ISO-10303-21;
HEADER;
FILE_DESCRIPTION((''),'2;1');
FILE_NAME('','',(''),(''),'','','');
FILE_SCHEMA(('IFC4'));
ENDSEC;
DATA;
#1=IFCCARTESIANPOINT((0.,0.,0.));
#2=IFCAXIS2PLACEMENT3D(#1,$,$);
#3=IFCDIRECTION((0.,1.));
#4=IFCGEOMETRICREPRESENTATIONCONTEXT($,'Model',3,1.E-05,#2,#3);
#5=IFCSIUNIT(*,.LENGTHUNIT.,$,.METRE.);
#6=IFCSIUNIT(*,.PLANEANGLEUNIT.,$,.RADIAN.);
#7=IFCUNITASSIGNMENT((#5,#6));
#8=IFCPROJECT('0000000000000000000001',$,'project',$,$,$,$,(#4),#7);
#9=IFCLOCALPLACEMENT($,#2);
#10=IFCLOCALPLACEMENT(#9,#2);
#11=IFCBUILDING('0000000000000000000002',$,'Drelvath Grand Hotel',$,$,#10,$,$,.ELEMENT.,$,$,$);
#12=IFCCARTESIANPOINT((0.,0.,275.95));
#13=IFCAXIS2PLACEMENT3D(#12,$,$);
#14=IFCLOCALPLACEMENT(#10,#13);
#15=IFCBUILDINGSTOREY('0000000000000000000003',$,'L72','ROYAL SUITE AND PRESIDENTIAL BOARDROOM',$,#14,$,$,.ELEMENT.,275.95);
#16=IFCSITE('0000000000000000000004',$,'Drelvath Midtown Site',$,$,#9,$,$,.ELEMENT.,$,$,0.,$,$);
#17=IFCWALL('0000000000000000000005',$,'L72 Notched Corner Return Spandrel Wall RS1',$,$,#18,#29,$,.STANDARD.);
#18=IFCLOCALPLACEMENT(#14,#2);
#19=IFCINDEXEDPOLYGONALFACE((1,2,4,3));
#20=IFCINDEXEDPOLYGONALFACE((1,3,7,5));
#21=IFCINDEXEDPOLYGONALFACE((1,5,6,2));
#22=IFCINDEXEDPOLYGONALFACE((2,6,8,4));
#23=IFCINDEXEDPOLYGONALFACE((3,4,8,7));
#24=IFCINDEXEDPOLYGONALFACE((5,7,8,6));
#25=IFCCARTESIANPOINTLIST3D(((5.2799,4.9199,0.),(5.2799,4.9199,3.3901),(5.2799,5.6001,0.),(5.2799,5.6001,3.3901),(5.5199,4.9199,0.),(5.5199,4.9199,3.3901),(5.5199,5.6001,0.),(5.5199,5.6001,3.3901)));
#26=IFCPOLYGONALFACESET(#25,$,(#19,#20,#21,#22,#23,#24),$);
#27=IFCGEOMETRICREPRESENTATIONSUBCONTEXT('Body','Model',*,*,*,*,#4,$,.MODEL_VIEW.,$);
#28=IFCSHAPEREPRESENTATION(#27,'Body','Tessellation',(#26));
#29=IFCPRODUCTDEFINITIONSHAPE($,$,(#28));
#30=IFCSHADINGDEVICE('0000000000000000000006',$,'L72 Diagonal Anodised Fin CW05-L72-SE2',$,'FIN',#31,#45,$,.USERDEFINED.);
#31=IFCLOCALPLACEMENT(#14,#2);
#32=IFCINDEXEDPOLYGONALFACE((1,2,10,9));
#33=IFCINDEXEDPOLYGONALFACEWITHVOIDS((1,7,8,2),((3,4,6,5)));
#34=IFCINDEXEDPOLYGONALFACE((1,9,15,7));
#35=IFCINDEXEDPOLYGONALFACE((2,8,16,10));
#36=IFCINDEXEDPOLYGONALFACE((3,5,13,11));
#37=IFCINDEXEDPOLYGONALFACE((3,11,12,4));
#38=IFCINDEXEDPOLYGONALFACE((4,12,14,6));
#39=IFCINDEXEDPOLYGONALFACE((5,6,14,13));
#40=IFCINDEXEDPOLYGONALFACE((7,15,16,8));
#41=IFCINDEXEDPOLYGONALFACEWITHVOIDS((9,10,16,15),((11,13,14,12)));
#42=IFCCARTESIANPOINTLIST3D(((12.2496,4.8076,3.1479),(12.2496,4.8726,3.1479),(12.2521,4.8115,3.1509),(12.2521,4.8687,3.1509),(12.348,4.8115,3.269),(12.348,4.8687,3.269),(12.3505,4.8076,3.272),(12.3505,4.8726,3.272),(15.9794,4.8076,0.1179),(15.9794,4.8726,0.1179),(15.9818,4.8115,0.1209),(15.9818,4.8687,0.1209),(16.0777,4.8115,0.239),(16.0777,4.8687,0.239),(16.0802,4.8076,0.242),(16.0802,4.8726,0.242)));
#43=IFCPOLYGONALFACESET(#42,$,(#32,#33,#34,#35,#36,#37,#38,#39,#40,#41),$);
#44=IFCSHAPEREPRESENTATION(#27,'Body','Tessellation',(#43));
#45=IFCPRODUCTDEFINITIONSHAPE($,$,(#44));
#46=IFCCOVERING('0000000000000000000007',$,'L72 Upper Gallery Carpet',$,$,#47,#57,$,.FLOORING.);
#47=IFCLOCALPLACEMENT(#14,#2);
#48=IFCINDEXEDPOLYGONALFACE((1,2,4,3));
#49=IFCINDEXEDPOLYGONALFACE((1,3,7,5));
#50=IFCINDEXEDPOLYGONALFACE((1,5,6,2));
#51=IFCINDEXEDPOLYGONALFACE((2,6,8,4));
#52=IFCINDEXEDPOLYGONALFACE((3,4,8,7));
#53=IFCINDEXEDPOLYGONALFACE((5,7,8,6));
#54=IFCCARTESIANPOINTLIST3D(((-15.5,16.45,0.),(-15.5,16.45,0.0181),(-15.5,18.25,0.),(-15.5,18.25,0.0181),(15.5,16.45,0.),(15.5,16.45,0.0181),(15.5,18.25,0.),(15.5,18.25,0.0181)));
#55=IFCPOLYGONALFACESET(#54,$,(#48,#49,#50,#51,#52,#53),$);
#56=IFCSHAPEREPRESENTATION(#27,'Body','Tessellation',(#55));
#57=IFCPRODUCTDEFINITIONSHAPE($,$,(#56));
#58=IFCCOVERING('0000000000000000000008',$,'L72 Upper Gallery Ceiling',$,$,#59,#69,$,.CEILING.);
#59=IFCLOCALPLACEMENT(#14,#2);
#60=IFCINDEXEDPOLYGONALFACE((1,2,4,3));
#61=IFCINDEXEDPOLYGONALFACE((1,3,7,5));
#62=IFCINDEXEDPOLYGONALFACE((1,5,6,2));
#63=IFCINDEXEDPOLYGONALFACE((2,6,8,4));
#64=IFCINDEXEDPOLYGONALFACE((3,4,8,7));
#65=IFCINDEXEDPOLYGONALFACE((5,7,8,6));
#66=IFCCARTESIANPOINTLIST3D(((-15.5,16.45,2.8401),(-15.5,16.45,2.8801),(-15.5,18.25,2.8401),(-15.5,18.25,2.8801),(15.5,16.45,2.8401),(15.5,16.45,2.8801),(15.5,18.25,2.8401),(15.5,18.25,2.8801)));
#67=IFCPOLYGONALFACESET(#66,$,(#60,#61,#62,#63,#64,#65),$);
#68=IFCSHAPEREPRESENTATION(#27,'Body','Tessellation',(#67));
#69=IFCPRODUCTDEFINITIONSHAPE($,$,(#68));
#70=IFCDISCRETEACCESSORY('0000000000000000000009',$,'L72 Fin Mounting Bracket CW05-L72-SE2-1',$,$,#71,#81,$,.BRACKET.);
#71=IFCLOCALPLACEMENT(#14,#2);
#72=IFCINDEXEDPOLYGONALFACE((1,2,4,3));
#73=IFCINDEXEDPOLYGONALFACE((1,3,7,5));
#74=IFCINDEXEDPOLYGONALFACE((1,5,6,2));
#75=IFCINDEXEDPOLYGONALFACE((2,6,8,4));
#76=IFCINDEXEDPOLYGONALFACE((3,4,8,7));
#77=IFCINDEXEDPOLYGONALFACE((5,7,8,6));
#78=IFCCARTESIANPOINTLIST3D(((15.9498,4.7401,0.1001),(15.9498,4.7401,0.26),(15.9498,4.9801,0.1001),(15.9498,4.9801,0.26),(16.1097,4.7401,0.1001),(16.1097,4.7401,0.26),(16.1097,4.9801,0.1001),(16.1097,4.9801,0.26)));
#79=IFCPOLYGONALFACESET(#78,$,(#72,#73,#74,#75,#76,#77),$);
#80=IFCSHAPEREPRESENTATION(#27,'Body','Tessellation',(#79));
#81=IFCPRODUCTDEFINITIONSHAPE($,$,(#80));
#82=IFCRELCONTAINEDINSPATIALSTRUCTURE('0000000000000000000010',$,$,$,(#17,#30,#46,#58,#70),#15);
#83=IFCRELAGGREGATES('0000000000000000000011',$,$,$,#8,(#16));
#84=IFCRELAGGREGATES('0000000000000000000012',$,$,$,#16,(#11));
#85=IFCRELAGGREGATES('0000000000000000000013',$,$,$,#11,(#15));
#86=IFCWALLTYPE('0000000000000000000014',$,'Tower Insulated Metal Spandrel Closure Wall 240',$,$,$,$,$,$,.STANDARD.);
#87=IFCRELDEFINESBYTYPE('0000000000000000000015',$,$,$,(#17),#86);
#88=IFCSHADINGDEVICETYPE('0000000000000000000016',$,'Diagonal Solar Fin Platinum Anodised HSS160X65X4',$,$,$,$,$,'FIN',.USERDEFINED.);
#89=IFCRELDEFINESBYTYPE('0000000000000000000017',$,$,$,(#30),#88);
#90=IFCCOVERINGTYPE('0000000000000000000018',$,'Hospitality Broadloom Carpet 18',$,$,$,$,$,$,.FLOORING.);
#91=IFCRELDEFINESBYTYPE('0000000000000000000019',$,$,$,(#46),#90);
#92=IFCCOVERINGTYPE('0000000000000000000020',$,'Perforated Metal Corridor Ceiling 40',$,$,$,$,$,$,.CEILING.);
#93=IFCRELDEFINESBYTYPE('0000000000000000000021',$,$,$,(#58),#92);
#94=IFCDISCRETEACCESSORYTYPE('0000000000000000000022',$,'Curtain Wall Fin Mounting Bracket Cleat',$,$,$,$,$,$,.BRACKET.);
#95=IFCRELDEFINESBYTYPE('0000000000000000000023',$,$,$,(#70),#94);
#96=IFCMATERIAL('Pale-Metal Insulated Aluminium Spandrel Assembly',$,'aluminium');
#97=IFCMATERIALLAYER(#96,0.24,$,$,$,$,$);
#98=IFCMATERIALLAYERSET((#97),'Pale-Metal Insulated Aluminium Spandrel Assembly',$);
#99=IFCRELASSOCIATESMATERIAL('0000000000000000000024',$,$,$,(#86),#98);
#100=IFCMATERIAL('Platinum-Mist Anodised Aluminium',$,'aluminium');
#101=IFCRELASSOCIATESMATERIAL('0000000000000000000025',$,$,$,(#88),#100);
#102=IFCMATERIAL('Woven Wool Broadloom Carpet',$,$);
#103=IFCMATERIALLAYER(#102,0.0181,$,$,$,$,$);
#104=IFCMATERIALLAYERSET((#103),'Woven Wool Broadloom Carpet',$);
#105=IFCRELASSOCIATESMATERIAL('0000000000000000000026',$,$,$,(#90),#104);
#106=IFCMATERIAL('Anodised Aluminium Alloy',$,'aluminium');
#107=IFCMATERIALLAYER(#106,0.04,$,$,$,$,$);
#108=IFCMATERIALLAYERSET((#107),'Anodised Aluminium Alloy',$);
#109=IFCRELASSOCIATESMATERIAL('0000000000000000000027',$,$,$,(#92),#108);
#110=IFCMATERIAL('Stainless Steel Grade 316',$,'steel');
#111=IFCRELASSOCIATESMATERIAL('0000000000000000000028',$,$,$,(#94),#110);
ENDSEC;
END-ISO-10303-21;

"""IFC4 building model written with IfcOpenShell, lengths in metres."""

from ifc_helpers import new_model, si_unit, direction, frame, frame_2d, origin, origin_2d, place, context, subcontext, project, spatial, polyline, rectangle, hollow_rectangle, outline, extrude, material, layer, layer_set, material_profile, profile_set, type_object, element, save


model = new_model("IFC4")

# Units and contexts
model_context = context("Model", 3, precision=1e-05, world=origin(), true_north=direction((0.0, 1.0)))
body_context = subcontext(model_context, "Body", "Model", "MODEL_VIEW")
ifc_project = project(units=[si_unit("LENGTHUNIT", "METRE"), si_unit("PLANEANGLEUNIT", "RADIAN")], contexts=[model_context])

# Site, building, storey
site_placement = place(None, origin())
site = spatial("IfcSite", under=ifc_project, at=site_placement, Name="Drelvath Midtown Site", CompositionType="ELEMENT", RefElevation=0.0)
building_placement = place(site_placement, origin())
building = spatial("IfcBuilding", under=site, at=building_placement, Name="Drelvath Grand Hotel", CompositionType="ELEMENT")
storey_placement = place(building_placement, frame((0.0, 0.0, 275.95)))
storey = spatial("IfcBuildingStorey", under=building, at=storey_placement, Name="L72", Description="ROYAL SUITE AND PRESIDENTIAL BOARDROOM", CompositionType="ELEMENT", Elevation=275.95)

# Wall
ifc_material_1 = material(Name="Pale-Metal Insulated Aluminium Spandrel Assembly", Category="aluminium")
ifc_layer_1 = layer(ifc_material_1, 0.24)
ifc_layer_set_1 = layer_set([ifc_layer_1], Name="Pale-Metal Insulated Aluminium Spandrel Assembly")
wall_type_1 = type_object("IfcWallType", Name="Tower Insulated Metal Spandrel Closure Wall 240", PredefinedType="STANDARD", material=ifc_layer_set_1)
wall_1_placement = place(storey_placement, frame((5.3999, 4.9199, 0.0), z_axis=(0.0, 0.0, 1.0), x_axis=(0.0, 1.0, 0.0)))
element("IfcWall", 1, at=wall_1_placement, inside=storey, type_object=wall_type_1, Name="L72 Notched Corner Return Spandrel Wall RS1", PredefinedType="STANDARD", context=body_context, shape_type="SweptSolid", body=[
    extrude(rectangle(XDim=0.6802, YDim=0.24, at=frame_2d((0.3401, 0.0))), origin(), (0.0, 0.0, 1.0), 3.3901),
])

# Shading device
ifc_material_2 = material(Name="Platinum-Mist Anodised Aluminium", Category="aluminium")
ifc_material_profile_1 = material_profile(ifc_material_2, hollow_rectangle(XDim=0.0649, YDim=0.1599, WallThickness=0.0039, at=origin_2d()), Name="HSS160X65X4")
ifc_profile_set_1 = profile_set([ifc_material_profile_1], Name="Platinum-Mist Anodised Aluminium")
shading_device_type = type_object("IfcShadingDeviceType", Name="Diagonal Solar Fin Platinum Anodised HSS160X65X4", ElementType="FIN", PredefinedType="USERDEFINED", material=ifc_profile_set_1)
shading_device_placement = place(storey_placement, frame((16.0298, 4.8401, 0.1799), z_axis=(-0.776153, 0.0, 0.630545), x_axis=(0.0, -1.0, 0.0)))
element("IfcShadingDevice", 2, at=shading_device_placement, inside=storey, type_object=shading_device_type, Name="L72 Diagonal Anodised Fin CW05-L72-SE2", ObjectType="FIN", PredefinedType="USERDEFINED", context=body_context, shape_type="SweptSolid", body=[
    extrude(hollow_rectangle(XDim=0.0649, YDim=0.1599, WallThickness=0.0039, at=origin_2d()), origin(), (0.0, 0.0, 1.0), 4.8054),
])

# Coverings
ifc_material_3 = material(Name="Woven Wool Broadloom Carpet")
ifc_layer_2 = layer(ifc_material_3, 0.0181)
ifc_layer_set_2 = layer_set([ifc_layer_2], Name="Woven Wool Broadloom Carpet")
covering_type_1 = type_object("IfcCoveringType", Name="Hospitality Broadloom Carpet 18", PredefinedType="FLOORING", material=ifc_layer_set_2)
covering_1_placement = place(storey_placement, origin())
element("IfcCovering", 3, at=covering_1_placement, inside=storey, type_object=covering_type_1, Name="L72 Upper Gallery Carpet", PredefinedType="FLOORING", context=body_context, shape_type="SweptSolid", body=[
    extrude(outline(polyline([(15.5, 16.45), (15.5, 18.25), (-15.5, 18.25), (-15.5, 16.45), (15.5, 16.45)])), origin(), (0.0, 0.0, 1.0), 0.0181),
])
ifc_material_4 = material(Name="Anodised Aluminium Alloy", Category="aluminium")
ifc_layer_3 = layer(ifc_material_4, 0.04)
ifc_layer_set_3 = layer_set([ifc_layer_3], Name="Anodised Aluminium Alloy")
covering_type_2 = type_object("IfcCoveringType", Name="Perforated Metal Corridor Ceiling 40", PredefinedType="CEILING", material=ifc_layer_set_3)
covering_2_placement = place(storey_placement, frame((0.0, 0.0, 2.8401)))
element("IfcCovering", 4, at=covering_2_placement, inside=storey, type_object=covering_type_2, Name="L72 Upper Gallery Ceiling", PredefinedType="CEILING", context=body_context, shape_type="SweptSolid", body=[
    extrude(outline(polyline([(15.5, 16.45), (15.5, 18.25), (-15.5, 18.25), (-15.5, 16.45), (15.5, 16.45)])), origin(), (0.0, 0.0, 1.0), 0.04),
])

# Discrete accessory
ifc_material_5 = material(Name="Stainless Steel Grade 316", Category="steel")
discrete_accessory_type = type_object("IfcDiscreteAccessoryType", Name="Curtain Wall Fin Mounting Bracket Cleat", PredefinedType="BRACKET", material=ifc_material_5)
discrete_accessory_placement = place(storey_placement, frame((16.0298, 4.8601, 0.1001), z_axis=(0.0, 0.0, 1.0), x_axis=(-1.0, 0.0, 0.0)))
element("IfcDiscreteAccessory", 5, at=discrete_accessory_placement, inside=storey, type_object=discrete_accessory_type, Name="L72 Fin Mounting Bracket CW05-L72-SE2-1", PredefinedType="BRACKET", context=body_context, shape_type="SweptSolid", body=[
    extrude(rectangle(XDim=0.1599, YDim=0.24, at=origin_2d()), origin(), (0.0, 0.0, 1.0), 0.1599),
])

save(model, "model.ifc")
